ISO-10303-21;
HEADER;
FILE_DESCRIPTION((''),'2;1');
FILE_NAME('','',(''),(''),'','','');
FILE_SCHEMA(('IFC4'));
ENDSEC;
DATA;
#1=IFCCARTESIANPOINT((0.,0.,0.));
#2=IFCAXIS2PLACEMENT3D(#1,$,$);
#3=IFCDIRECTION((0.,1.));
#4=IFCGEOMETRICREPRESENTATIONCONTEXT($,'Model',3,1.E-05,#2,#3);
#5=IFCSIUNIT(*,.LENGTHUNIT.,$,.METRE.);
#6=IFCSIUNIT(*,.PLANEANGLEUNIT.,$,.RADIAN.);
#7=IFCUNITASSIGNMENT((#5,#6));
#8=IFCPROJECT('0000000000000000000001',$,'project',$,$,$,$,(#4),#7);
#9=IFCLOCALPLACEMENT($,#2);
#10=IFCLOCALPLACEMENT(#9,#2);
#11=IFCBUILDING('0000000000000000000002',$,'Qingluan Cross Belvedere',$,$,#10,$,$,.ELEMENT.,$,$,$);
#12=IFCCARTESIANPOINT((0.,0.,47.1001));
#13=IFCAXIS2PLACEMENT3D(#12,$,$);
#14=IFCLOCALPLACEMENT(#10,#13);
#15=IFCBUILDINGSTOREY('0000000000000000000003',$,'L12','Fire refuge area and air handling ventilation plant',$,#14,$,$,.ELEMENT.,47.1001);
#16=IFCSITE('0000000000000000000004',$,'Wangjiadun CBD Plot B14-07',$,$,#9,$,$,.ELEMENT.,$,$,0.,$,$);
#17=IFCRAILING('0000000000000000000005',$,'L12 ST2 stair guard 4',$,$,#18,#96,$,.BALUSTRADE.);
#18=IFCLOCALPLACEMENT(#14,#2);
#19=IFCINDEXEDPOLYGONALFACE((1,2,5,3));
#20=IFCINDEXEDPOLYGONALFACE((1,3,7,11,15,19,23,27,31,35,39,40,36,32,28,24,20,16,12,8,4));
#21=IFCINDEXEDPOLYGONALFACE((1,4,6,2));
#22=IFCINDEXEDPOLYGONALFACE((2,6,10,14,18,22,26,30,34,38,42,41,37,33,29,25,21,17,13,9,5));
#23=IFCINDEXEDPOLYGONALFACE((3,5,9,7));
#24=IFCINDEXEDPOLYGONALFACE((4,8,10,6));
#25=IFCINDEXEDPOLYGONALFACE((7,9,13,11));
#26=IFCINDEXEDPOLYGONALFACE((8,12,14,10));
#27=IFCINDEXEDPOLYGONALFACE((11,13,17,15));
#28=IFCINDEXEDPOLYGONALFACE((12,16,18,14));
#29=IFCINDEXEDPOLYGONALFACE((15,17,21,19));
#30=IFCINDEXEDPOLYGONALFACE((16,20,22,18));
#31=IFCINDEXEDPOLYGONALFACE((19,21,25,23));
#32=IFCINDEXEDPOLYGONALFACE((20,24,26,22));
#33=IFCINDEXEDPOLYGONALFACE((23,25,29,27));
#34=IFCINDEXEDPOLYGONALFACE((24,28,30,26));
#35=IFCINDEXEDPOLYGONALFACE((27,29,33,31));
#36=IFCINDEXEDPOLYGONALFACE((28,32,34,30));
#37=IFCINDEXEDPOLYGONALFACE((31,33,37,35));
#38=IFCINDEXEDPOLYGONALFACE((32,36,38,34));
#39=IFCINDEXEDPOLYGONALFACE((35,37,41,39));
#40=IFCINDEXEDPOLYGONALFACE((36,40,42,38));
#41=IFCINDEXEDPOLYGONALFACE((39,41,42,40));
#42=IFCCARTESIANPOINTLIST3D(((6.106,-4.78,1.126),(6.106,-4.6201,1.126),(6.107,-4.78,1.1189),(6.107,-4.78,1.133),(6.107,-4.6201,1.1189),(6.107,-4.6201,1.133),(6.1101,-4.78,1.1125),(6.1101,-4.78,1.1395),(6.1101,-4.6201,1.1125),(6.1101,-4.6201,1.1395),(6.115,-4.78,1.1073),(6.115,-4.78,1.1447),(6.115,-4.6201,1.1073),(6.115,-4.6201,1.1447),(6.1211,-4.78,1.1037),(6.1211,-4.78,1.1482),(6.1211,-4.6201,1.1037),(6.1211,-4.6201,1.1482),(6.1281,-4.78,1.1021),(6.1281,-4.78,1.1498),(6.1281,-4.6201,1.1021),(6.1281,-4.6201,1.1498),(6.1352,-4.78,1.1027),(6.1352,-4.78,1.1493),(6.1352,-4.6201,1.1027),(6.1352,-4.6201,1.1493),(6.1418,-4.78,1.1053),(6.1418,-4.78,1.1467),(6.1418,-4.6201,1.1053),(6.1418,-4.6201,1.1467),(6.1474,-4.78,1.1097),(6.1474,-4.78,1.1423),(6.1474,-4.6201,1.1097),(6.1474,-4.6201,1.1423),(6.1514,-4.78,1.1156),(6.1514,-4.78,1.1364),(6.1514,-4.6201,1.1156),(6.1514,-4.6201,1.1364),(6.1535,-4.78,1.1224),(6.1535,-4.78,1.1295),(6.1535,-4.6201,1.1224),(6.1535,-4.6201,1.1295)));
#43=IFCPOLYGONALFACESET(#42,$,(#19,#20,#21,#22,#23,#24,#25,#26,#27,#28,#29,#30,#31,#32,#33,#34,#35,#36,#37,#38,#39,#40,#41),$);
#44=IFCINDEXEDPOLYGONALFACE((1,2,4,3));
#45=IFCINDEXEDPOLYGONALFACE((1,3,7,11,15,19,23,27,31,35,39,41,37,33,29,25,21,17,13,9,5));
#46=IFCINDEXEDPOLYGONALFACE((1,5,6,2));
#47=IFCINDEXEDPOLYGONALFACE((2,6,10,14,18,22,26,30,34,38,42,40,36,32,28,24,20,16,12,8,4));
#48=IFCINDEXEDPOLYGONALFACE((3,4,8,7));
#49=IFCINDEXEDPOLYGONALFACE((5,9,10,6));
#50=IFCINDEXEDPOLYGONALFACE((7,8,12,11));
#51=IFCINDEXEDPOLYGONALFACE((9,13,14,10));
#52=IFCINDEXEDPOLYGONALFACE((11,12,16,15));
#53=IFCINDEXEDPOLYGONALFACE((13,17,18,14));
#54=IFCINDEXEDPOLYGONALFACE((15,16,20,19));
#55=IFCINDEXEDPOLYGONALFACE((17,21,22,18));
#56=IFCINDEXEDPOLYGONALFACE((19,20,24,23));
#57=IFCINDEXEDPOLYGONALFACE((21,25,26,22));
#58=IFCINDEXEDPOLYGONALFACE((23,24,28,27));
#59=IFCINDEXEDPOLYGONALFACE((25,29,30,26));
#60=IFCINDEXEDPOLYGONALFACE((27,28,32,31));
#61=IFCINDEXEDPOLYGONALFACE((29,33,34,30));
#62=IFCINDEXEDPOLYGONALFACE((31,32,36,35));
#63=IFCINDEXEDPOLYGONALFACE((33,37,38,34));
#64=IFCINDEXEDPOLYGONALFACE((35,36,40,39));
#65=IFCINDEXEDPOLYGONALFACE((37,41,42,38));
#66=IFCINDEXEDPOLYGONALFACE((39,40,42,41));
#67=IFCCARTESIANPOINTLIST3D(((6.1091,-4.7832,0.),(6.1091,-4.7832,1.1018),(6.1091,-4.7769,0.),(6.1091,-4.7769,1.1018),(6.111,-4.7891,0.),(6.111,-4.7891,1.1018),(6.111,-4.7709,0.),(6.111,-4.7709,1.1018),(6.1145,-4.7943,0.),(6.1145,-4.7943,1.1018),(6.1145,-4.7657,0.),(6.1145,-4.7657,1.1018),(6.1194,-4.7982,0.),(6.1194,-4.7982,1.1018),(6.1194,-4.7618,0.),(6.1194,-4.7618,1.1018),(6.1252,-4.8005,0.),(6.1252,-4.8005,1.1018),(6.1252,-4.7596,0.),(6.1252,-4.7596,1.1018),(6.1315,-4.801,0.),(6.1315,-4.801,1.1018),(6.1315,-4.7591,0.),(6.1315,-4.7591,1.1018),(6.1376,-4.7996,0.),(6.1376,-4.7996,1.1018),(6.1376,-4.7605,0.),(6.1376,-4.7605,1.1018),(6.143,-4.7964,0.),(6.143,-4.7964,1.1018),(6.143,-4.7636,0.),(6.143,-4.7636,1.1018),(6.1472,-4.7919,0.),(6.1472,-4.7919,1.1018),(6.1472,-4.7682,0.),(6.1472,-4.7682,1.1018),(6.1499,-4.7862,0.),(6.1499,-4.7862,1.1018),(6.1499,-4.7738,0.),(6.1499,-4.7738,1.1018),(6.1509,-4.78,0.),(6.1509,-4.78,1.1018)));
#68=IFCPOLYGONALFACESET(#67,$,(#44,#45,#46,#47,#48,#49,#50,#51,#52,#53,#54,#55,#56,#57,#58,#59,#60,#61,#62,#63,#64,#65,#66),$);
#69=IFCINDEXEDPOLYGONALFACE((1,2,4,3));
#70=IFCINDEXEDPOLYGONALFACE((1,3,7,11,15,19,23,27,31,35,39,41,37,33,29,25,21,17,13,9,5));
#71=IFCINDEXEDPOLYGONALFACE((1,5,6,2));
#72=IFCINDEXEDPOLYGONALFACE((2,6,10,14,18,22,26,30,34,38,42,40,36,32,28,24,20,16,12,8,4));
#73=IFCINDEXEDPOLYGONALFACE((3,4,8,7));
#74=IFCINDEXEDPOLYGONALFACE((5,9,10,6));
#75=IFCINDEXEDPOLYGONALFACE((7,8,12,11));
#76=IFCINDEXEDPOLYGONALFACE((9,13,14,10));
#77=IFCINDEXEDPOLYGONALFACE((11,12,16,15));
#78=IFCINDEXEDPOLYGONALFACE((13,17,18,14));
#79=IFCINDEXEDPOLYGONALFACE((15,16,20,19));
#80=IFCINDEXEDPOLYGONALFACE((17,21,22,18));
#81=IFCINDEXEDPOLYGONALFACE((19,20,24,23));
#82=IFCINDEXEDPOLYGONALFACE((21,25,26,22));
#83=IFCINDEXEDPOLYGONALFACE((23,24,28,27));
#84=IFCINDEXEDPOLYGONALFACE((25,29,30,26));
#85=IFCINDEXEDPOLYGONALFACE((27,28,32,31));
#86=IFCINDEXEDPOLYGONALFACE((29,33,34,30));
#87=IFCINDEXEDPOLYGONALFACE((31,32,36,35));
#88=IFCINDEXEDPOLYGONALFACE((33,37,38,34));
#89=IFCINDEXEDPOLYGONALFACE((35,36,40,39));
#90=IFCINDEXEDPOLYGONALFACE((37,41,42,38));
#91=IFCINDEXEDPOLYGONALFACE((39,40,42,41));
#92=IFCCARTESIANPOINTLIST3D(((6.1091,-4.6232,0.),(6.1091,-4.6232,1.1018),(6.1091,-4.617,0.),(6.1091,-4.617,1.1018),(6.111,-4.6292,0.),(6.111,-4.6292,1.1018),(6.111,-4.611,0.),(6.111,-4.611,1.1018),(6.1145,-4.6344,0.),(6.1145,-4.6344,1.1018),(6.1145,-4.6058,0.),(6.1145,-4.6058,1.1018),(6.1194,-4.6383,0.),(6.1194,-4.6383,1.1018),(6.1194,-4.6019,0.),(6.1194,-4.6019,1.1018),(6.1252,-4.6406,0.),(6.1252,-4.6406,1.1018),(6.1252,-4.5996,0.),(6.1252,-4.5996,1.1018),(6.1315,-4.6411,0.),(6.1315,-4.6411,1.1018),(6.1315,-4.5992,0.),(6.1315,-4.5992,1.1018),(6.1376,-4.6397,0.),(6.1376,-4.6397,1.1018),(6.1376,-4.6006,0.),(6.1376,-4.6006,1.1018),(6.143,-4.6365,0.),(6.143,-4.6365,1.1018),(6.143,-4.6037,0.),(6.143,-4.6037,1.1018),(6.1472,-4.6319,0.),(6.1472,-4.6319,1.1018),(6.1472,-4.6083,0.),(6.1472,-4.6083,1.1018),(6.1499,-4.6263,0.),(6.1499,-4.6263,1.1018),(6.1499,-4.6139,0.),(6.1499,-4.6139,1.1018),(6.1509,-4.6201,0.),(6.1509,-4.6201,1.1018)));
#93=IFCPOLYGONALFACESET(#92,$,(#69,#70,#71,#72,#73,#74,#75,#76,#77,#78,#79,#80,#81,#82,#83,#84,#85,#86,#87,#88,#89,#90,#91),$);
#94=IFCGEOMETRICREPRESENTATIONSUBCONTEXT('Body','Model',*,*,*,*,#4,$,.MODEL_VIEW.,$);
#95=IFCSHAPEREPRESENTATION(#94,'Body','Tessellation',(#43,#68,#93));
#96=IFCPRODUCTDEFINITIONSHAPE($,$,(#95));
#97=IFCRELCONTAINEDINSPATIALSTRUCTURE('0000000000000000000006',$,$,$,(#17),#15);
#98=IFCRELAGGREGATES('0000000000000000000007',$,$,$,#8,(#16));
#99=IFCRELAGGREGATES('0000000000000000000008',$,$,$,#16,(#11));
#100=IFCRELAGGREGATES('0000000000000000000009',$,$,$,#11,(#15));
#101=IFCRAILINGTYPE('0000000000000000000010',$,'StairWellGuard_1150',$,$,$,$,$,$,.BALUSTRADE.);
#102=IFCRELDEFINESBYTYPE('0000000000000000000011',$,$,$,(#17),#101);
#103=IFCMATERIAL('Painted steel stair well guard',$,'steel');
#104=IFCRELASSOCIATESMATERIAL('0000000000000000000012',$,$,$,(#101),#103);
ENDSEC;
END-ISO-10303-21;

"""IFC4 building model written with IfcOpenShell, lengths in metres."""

from ifc_helpers import new_model, si_unit, direction, frame, origin, origin_2d, place, context, subcontext, project, spatial, circle, extrude, material, type_object, element, save


model = new_model("IFC4")

# Units and contexts
model_context = context("Model", 3, precision=1e-05, world=origin(), true_north=direction((0.0, 1.0)))
body_context = subcontext(model_context, "Body", "Model", "MODEL_VIEW")
ifc_project = project(units=[si_unit("LENGTHUNIT", "METRE"), si_unit("PLANEANGLEUNIT", "RADIAN")], contexts=[model_context])

# Site, building, storey
site_placement = place(None, origin())
site = spatial("IfcSite", under=ifc_project, at=site_placement, Name="Wangjiadun CBD Plot B14-07", CompositionType="ELEMENT", RefElevation=0.0)
building_placement = place(site_placement, origin())
building = spatial("IfcBuilding", under=site, at=building_placement, Name="Qingluan Cross Belvedere", CompositionType="ELEMENT")
storey_placement = place(building_placement, frame((0.0, 0.0, 47.1001)))
storey = spatial("IfcBuildingStorey", under=building, at=storey_placement, Name="L12", Description="Fire refuge area and air handling ventilation plant", CompositionType="ELEMENT", Elevation=47.1001)

# Railing
ifc_material_1 = material(Name="Painted steel stair well guard", Category="steel")
railing_type_1 = type_object("IfcRailingType", Name="StairWellGuard_1150", PredefinedType="BALUSTRADE", material=ifc_material_1)
railing_1_placement = place(storey_placement, frame((6.1299, -4.78, 0.0)))
element("IfcRailing", 1, at=railing_1_placement, inside=storey, type_object=railing_type_1, Name="L12 ST2 stair guard 4", PredefinedType="BALUSTRADE", context=body_context, shape_type="SweptSolid", body=[
    extrude(circle(Radius=0.0239, at=origin_2d()), frame((0.0, 0.0, 1.126), z_axis=(0.0, 1.0, 0.0), x_axis=(-1.0, 0.0, 0.0)), (0.0, 0.0, 1.0), 0.1599),
    extrude(circle(Radius=0.021, at=origin_2d()), origin(), (0.0, 0.0, 1.0), 1.1018),
    extrude(circle(Radius=0.021, at=origin_2d()), frame((0.0, 0.1599, 0.0)), (0.0, 0.0, 1.0), 1.1018),
])

save(model, "model.ifc")
